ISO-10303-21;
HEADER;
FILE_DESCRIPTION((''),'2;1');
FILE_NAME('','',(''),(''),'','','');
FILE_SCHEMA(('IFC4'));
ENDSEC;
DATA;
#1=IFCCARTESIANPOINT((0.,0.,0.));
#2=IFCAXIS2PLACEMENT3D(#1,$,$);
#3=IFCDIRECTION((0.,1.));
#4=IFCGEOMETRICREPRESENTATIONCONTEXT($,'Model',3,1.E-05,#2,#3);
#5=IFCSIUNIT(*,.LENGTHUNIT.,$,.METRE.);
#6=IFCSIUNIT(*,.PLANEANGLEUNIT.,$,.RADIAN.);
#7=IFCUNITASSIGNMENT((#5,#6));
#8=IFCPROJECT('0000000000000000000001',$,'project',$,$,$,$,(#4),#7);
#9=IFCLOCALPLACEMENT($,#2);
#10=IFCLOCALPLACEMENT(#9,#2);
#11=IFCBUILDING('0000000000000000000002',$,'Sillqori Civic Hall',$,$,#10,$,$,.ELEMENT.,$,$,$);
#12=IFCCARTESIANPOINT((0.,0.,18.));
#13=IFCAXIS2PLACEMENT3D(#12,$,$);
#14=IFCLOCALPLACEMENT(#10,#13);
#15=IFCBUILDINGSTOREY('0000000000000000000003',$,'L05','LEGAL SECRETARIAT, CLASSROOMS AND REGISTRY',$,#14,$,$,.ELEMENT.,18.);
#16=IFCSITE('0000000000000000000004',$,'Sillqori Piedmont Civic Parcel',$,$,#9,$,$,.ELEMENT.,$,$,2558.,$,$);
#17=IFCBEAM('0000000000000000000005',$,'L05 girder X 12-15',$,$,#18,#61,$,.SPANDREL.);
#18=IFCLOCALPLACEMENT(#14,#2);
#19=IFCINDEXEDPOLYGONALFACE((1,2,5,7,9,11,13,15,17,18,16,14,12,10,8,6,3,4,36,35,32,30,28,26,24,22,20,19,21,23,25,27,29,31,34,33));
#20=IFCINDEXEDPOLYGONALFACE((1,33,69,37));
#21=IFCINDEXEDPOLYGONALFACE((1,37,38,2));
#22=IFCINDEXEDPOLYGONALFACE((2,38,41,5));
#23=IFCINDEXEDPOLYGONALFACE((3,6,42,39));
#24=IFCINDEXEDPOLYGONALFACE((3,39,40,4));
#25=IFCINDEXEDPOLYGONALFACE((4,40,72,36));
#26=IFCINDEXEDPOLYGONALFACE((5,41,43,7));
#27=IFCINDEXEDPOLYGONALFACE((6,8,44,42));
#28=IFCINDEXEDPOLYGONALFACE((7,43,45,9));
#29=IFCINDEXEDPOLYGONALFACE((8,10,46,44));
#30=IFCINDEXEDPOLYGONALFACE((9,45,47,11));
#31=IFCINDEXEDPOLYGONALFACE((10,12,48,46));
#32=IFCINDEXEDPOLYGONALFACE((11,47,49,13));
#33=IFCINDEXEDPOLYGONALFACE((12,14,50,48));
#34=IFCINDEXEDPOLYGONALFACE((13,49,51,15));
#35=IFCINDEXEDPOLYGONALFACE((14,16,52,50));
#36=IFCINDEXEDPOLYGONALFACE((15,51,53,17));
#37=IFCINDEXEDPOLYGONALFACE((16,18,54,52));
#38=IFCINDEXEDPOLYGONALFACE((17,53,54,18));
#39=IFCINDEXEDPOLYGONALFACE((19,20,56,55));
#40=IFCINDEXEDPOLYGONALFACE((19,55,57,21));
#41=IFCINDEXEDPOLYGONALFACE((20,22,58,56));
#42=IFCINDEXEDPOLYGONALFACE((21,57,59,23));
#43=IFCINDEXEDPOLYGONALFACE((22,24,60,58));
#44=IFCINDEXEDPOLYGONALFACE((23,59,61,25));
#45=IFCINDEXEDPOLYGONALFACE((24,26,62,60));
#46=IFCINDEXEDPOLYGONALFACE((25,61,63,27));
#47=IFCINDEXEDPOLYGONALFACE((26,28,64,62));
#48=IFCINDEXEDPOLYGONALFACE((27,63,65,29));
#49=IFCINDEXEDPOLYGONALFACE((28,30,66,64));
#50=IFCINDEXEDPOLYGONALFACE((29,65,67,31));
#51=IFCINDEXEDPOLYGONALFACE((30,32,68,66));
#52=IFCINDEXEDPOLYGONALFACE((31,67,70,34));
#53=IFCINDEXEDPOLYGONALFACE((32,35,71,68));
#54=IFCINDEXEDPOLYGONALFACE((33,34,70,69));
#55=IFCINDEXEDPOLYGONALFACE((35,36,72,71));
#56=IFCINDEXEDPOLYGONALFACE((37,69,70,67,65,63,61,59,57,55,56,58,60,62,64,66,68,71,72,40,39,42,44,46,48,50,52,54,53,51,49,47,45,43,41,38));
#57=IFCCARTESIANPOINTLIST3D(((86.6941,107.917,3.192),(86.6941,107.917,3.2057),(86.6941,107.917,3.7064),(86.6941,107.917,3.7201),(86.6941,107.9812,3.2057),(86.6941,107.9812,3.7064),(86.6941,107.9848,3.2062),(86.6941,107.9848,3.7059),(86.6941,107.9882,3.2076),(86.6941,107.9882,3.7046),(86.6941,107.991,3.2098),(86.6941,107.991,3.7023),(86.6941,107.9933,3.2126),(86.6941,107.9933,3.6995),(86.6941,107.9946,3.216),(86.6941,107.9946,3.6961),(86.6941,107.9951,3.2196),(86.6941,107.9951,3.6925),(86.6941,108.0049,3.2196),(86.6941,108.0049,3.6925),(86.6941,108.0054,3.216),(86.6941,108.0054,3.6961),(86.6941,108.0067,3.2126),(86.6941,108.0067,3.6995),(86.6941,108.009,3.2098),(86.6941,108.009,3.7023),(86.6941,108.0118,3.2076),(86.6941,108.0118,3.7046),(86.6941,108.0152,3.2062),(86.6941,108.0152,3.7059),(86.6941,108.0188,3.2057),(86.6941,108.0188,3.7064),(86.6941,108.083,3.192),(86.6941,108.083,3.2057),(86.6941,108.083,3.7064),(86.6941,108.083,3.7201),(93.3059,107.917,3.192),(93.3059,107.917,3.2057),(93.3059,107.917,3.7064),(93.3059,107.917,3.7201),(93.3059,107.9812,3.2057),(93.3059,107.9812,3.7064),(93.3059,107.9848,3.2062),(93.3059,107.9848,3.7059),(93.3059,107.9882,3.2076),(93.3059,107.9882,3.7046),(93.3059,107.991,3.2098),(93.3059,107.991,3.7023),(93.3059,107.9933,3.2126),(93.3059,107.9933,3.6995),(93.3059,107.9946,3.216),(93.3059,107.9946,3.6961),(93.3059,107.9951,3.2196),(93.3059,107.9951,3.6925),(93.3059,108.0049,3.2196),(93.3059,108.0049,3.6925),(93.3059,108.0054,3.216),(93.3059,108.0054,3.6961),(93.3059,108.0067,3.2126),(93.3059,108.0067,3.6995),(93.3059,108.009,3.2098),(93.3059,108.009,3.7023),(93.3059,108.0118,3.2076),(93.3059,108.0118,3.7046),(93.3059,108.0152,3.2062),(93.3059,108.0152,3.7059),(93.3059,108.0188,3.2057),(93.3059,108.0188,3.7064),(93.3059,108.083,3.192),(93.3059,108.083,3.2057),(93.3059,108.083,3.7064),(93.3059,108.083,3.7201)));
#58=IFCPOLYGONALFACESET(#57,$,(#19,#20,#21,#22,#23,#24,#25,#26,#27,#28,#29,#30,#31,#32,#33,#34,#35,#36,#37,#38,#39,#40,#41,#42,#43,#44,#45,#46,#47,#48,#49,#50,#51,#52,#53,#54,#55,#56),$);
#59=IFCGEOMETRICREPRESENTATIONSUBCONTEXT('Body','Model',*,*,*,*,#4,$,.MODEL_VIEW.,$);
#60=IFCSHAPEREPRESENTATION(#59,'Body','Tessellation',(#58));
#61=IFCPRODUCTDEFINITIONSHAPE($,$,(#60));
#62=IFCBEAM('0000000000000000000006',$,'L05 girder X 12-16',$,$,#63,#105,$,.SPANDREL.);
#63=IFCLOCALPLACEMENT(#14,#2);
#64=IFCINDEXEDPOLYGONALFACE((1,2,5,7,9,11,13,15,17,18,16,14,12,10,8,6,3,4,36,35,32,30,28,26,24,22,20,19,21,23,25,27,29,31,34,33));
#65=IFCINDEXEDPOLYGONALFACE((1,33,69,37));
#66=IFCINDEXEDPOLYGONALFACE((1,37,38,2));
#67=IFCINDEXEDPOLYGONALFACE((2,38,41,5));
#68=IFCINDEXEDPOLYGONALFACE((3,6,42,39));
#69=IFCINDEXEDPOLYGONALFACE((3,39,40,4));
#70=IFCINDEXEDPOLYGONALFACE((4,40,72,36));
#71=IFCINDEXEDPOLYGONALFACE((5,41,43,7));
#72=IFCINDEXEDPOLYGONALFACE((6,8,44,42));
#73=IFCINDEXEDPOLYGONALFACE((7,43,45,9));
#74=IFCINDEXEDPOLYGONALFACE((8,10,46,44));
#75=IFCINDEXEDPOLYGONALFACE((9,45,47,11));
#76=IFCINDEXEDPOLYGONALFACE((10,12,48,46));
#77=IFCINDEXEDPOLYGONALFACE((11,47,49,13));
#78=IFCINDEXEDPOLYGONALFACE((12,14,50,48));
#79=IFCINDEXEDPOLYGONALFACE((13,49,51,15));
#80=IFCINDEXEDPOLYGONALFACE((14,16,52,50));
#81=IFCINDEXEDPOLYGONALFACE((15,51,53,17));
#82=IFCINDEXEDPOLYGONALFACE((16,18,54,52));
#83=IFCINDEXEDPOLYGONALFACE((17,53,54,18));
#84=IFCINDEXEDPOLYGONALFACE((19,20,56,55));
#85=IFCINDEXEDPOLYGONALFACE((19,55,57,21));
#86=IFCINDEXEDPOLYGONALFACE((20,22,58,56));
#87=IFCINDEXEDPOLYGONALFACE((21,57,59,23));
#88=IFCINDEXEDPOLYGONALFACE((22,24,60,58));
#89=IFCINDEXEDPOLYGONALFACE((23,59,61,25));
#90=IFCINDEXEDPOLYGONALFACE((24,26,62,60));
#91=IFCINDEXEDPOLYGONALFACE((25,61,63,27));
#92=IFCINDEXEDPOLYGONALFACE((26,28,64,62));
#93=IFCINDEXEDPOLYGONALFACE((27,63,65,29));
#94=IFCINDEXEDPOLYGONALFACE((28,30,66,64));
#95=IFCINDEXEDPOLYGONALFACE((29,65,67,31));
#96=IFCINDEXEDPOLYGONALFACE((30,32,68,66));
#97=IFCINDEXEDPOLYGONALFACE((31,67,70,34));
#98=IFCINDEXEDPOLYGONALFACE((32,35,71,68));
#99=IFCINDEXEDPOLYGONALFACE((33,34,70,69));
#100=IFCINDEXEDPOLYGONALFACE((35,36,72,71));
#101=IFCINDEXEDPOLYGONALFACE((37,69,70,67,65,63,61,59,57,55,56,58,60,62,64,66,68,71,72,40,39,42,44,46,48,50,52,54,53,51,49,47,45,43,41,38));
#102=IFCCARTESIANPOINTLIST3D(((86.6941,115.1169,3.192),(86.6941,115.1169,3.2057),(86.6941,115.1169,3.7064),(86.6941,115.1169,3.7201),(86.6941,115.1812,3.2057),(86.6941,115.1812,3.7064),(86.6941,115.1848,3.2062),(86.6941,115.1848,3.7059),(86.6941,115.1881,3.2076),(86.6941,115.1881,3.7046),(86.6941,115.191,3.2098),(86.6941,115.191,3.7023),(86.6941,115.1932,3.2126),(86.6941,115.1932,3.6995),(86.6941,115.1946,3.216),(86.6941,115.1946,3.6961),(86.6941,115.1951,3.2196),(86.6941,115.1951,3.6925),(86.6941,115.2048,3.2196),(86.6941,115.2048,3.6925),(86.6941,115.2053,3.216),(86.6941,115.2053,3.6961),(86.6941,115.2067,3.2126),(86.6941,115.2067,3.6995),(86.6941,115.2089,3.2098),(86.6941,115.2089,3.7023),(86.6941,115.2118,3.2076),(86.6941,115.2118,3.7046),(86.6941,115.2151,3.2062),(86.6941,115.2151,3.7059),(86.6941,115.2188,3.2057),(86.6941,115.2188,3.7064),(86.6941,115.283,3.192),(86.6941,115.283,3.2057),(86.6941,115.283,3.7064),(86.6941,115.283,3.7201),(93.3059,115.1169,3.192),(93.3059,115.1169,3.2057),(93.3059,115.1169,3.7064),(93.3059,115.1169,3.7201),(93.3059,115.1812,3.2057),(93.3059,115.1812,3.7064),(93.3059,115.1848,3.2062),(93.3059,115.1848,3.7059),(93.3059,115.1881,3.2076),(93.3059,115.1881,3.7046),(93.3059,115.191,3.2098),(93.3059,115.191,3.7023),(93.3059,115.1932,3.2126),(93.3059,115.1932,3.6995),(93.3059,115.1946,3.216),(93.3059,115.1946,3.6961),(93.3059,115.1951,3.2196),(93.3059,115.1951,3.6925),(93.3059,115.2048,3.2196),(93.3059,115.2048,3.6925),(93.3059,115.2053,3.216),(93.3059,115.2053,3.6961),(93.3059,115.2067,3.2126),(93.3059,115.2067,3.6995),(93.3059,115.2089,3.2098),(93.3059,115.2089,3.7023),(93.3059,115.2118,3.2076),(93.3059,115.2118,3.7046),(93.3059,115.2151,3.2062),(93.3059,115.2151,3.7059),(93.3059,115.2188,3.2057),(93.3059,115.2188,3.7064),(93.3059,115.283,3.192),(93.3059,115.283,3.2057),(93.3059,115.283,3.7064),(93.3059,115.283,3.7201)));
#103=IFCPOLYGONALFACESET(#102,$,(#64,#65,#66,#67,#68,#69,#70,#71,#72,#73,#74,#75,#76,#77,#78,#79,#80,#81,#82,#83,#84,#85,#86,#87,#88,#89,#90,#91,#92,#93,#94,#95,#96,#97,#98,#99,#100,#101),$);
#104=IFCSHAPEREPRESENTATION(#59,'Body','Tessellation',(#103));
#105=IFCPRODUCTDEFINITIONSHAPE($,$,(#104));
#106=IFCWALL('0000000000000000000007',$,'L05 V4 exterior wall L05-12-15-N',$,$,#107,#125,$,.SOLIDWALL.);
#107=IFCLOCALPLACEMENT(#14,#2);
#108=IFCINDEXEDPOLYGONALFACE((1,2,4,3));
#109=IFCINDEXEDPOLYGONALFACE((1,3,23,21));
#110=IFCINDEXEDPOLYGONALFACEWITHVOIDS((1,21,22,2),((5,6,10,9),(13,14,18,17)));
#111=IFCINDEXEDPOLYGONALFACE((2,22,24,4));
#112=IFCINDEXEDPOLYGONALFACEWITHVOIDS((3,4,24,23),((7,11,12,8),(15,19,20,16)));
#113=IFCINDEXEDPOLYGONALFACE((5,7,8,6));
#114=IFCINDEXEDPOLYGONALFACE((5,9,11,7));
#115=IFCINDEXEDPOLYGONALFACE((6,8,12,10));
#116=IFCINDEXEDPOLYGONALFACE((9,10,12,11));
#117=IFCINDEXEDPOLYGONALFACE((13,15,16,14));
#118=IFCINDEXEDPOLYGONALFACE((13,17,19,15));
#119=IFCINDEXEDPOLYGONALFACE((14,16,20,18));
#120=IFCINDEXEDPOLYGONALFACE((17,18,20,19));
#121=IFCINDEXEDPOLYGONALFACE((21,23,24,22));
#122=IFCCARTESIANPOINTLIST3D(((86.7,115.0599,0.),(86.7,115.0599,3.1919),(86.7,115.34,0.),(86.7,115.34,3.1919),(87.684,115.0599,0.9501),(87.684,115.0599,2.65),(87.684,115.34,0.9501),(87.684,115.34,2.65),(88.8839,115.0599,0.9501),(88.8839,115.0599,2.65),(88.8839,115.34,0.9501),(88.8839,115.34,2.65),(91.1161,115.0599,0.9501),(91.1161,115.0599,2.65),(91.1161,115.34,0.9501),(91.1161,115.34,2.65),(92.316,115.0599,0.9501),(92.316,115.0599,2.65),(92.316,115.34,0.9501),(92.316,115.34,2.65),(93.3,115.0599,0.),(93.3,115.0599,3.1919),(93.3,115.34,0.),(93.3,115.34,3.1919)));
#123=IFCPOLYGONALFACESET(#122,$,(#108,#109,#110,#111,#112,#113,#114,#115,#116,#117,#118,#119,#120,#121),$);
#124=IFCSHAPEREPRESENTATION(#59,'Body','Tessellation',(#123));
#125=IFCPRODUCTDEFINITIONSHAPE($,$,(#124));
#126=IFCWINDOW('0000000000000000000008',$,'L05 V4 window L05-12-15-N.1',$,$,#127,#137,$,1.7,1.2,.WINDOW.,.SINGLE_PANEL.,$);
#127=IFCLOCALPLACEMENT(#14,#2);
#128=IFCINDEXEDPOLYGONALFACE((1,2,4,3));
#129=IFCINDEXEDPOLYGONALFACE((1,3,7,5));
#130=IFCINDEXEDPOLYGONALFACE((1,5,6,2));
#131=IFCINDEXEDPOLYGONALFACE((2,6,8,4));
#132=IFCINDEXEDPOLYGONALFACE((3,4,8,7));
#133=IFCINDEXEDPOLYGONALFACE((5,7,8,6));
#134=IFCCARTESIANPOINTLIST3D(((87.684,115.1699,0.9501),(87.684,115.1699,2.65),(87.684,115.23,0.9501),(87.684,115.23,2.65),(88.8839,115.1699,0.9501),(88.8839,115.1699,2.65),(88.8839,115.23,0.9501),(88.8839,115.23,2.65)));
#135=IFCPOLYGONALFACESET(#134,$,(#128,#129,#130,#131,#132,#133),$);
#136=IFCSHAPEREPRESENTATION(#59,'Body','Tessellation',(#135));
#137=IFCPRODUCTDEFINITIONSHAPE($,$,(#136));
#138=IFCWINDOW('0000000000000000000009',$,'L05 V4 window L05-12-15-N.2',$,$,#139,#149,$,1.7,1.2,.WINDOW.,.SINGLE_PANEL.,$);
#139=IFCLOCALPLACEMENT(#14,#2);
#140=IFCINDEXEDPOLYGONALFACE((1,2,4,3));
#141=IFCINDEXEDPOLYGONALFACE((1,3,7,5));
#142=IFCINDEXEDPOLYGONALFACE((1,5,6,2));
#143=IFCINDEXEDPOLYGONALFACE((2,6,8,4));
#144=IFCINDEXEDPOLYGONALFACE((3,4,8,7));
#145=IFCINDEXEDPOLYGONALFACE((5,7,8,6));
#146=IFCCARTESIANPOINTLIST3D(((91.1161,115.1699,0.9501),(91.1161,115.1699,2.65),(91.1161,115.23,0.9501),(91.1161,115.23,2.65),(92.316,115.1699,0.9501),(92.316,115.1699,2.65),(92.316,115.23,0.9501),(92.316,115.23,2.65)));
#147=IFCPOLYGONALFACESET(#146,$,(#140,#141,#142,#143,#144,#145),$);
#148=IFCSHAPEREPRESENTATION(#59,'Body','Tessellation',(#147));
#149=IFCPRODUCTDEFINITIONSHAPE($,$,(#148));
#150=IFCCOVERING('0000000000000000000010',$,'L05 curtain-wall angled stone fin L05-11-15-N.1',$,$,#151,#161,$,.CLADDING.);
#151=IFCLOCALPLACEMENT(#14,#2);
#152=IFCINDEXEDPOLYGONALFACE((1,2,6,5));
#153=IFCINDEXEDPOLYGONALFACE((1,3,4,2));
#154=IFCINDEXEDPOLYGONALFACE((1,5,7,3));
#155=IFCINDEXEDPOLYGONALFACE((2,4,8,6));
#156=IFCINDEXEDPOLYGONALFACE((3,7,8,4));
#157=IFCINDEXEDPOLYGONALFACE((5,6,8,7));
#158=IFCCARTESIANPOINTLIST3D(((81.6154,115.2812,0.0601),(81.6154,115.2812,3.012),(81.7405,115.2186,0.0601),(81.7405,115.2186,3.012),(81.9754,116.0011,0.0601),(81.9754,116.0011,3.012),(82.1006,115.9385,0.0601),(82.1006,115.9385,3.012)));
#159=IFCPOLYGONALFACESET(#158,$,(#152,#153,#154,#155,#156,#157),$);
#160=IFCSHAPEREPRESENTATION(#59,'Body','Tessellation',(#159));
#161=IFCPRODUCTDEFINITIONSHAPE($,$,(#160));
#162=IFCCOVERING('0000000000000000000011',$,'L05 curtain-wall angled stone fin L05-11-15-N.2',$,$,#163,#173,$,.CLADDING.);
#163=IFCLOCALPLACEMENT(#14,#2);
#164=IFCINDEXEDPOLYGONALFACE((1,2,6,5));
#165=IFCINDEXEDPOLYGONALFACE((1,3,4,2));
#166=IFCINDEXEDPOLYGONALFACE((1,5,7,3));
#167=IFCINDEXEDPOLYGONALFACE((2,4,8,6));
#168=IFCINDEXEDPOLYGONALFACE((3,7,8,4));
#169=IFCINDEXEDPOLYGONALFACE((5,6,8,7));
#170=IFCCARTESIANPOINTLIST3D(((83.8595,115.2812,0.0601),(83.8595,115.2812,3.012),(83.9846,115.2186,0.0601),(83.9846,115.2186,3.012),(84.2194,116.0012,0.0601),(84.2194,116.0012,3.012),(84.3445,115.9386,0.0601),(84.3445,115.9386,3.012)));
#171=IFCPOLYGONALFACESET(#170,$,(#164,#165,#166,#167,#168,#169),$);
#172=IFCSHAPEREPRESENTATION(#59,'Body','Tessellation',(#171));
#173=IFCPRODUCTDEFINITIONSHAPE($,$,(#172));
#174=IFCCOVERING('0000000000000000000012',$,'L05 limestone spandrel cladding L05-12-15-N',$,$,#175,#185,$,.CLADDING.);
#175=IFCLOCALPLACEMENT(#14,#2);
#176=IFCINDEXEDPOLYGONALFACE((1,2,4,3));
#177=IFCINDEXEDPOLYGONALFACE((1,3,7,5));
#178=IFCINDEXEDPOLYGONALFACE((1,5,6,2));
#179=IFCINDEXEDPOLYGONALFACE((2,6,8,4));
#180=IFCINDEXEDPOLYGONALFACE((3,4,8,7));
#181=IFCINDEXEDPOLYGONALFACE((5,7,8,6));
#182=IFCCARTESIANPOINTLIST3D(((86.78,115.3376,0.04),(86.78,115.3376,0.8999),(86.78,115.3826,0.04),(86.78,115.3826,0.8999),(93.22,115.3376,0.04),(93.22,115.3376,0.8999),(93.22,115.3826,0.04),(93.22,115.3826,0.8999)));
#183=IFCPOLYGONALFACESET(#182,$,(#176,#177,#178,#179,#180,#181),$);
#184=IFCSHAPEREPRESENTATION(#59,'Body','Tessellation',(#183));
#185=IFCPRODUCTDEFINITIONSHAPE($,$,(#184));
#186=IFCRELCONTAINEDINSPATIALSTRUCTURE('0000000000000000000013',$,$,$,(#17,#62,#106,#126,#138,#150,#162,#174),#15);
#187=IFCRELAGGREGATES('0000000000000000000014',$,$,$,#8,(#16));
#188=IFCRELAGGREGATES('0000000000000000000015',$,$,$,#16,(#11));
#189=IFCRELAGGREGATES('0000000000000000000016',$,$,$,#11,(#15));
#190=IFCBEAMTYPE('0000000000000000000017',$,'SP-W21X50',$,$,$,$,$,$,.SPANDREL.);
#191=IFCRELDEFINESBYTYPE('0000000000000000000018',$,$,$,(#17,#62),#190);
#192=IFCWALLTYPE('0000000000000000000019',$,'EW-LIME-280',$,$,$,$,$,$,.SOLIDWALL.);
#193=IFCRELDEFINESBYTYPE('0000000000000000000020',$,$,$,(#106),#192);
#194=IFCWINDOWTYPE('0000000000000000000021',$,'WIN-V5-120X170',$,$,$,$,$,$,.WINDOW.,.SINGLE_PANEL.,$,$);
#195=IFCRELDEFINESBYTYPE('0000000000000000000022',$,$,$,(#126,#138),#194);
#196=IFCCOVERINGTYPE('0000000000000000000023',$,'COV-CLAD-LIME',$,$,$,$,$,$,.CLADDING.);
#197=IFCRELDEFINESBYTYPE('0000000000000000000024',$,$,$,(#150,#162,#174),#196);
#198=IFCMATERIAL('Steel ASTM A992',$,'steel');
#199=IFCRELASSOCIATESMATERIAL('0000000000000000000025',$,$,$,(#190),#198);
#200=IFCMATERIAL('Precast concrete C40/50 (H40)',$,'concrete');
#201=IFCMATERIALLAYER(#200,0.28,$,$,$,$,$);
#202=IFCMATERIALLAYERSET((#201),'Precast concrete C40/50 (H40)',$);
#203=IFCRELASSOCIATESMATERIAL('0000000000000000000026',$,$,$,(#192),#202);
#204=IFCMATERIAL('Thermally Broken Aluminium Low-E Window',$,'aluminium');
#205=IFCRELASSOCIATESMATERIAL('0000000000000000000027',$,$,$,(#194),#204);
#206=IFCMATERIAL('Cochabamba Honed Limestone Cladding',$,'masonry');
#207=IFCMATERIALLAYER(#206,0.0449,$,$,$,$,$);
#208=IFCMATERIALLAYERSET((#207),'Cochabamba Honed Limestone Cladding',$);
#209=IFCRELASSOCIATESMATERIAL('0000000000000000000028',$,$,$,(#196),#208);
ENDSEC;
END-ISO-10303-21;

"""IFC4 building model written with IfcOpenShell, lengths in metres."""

from ifc_helpers import new_model, si_unit, direction, frame, frame_2d, origin, origin_2d, place, context, subcontext, project, spatial, rectangle, i_section, extrude, material, layer, layer_set, material_profile, profile_set, type_object, element, fill, save


model = new_model("IFC4")

# Units and contexts
model_context = context("Model", 3, precision=1e-05, world=origin(), true_north=direction((0.0, 1.0)))
body_context = subcontext(model_context, "Body", "Model", "MODEL_VIEW")
ifc_project = project(units=[si_unit("LENGTHUNIT", "METRE"), si_unit("PLANEANGLEUNIT", "RADIAN")], contexts=[model_context])

# Site, building, storey
site_placement = place(None, origin())
site = spatial("IfcSite", under=ifc_project, at=site_placement, Name="Sillqori Piedmont Civic Parcel", CompositionType="ELEMENT", RefElevation=2558.0)
building_placement = place(site_placement, origin())
building = spatial("IfcBuilding", under=site, at=building_placement, Name="Sillqori Civic Hall", CompositionType="ELEMENT")
storey_placement = place(building_placement, frame((0.0, 0.0, 18.0)))
storey = spatial("IfcBuildingStorey", under=building, at=storey_placement, Name="L05", Description="LEGAL SECRETARIAT, CLASSROOMS AND REGISTRY", CompositionType="ELEMENT", Elevation=18.0)

# Shared definitions
ifc_material_1 = material(Name="Steel ASTM A992", Category="steel")

# Beams
ifc_material_profile_1 = material_profile(ifc_material_1, i_section(OverallWidth=0.166, OverallDepth=0.5281, WebThickness=0.0098, FlangeThickness=0.0137, FilletRadius=0.0139, at=origin_2d()), Name="W21X50")
ifc_profile_set_1 = profile_set([ifc_material_profile_1], Name="Steel ASTM A992")
beam_type_1 = type_object("IfcBeamType", Name="SP-W21X50", PredefinedType="SPANDREL", material=ifc_profile_set_1)
for number, where, z_axis, x_axis, name in (
    (1, (86.6941, 108.0, 3.4561), (1.0, 0.0, 0.0), (0.0, 1.0, 0.0), "L05 girder X 12-15"),
    (2, (86.6941, 115.2, 3.4561), (1.0, 0.0, 0.0), (0.0, 1.0, 0.0), "L05 girder X 12-16"),
):
    element("IfcBeam", number, at=place(storey_placement, frame(where, z_axis=z_axis, x_axis=x_axis)), inside=storey, type_object=beam_type_1, Name=name, PredefinedType="SPANDREL", context=body_context, shape_type="SweptSolid", body=[
        extrude(i_section(OverallWidth=0.166, OverallDepth=0.5281, WebThickness=0.0098, FlangeThickness=0.0137, FilletRadius=0.0139, at=origin_2d()), origin(), (0.0, 0.0, 1.0), 6.6118),
    ])

# Wall, openings, windows
ifc_material_2 = material(Name="Precast concrete C40/50 (H40)", Category="concrete")
ifc_layer_1 = layer(ifc_material_2, 0.28)
ifc_layer_set_1 = layer_set([ifc_layer_1], Name="Precast concrete C40/50 (H40)")
wall_type = type_object("IfcWallType", Name="EW-LIME-280", PredefinedType="SOLIDWALL", material=ifc_layer_set_1)
wall_placement = place(storey_placement, frame((86.7, 115.2, 0.0), z_axis=(0.0, 0.0, 1.0), x_axis=(1.0, 0.0, 0.0)))
wall = element("IfcWall", 3, at=wall_placement, inside=storey, type_object=wall_type, Name="L05 V4 exterior wall L05-12-15-N", PredefinedType="SOLIDWALL", context=body_context, shape_type="SweptSolid", body=[
    extrude(rectangle(XDim=6.6001, YDim=0.28, at=frame_2d((3.3, 0.0))), origin(), (0.0, 0.0, 1.0), 3.1919),
])
opening_1_placement = place(wall_placement, frame((0.9839, 0.0, 0.95)))
opening_1 = element("IfcOpeningElement", 4, at=opening_1_placement, cuts=wall, PredefinedType="OPENING", context=body_context, shape_type="SweptSolid", body=[
    extrude(rectangle(XDim=1.2, YDim=1.7, at=frame_2d((0.6001, 0.8501))), frame((0.0, 0.1499, 0.0), z_axis=(0.0, -1.0, 0.0), x_axis=(1.0, 0.0, 0.0)), (0.0, 0.0, 1.0), 0.3),
])
opening_2_placement = place(wall_placement, frame((4.416, 0.0, 0.95)))
opening_2 = element("IfcOpeningElement", 5, at=opening_2_placement, cuts=wall, PredefinedType="OPENING", context=body_context, shape_type="SweptSolid", body=[
    extrude(rectangle(XDim=1.2, YDim=1.7, at=frame_2d((0.6001, 0.8501))), frame((0.0, 0.1499, 0.0), z_axis=(0.0, -1.0, 0.0), x_axis=(1.0, 0.0, 0.0)), (0.0, 0.0, 1.0), 0.3),
])
ifc_material_3 = material(Name="Thermally Broken Aluminium Low-E Window", Category="aluminium")
window_type = type_object("IfcWindowType", Name="WIN-V5-120X170", PartitioningType="SINGLE_PANEL", PredefinedType="WINDOW", material=ifc_material_3)
window_1_placement = place(opening_1_placement, origin())
window_1 = element("IfcWindow", 6, at=window_1_placement, inside=storey, type_object=window_type, Name="L05 V4 window L05-12-15-N.1", OverallHeight=1.7, OverallWidth=1.2, PartitioningType="SINGLE_PANEL", PredefinedType="WINDOW", context=body_context, shape_type="SweptSolid", body=[
    extrude(rectangle(XDim=1.2, YDim=1.7, at=frame_2d((0.6001, 0.8501))), frame((0.0, 0.03, 0.0), z_axis=(0.0, -1.0, 0.0), x_axis=(1.0, 0.0, 0.0)), (0.0, 0.0, 1.0), 0.0601),
])
fill(opening_1, window_1)
window_2_placement = place(opening_2_placement, origin())
window_2 = element("IfcWindow", 7, at=window_2_placement, inside=storey, type_object=window_type, Name="L05 V4 window L05-12-15-N.2", OverallHeight=1.7, OverallWidth=1.2, PartitioningType="SINGLE_PANEL", PredefinedType="WINDOW", context=body_context, shape_type="SweptSolid", body=[
    extrude(rectangle(XDim=1.2, YDim=1.7, at=frame_2d((0.6001, 0.8501))), frame((0.0, 0.03, 0.0), z_axis=(0.0, -1.0, 0.0), x_axis=(1.0, 0.0, 0.0)), (0.0, 0.0, 1.0), 0.0601),
])
fill(opening_2, window_2)

# Coverings
ifc_material_4 = material(Name="Cochabamba Honed Limestone Cladding", Category="masonry")
ifc_layer_2 = layer(ifc_material_4, 0.0449)
ifc_layer_set_2 = layer_set([ifc_layer_2], Name="Cochabamba Honed Limestone Cladding")
covering_type = type_object("IfcCoveringType", Name="COV-CLAD-LIME", PredefinedType="CLADDING", material=ifc_layer_set_2)
for number, where, z_axis, x_axis, name in (
    (8, (81.678, 115.25, 0.0601), (0.0, 0.0, 1.0), (0.447335, 0.894367, 0.0), "L05 curtain-wall angled stone fin L05-11-15-N.1"),
    (9, (83.9221, 115.25, 0.0601), (0.0, 0.0, 1.0), (0.447092, 0.894488, 0.0), "L05 curtain-wall angled stone fin L05-11-15-N.2"),
):
    element("IfcCovering", number, at=place(storey_placement, frame(where, z_axis=z_axis, x_axis=x_axis)), inside=storey, type_object=covering_type, Name=name, PredefinedType="CLADDING", context=body_context, shape_type="SweptSolid", body=[
        extrude(rectangle(XDim=0.8049, YDim=0.1399, at=frame_2d((0.4023, 0.0))), origin(), (0.0, 0.0, 1.0), 2.9519),
    ])
covering_placement = place(storey_placement, frame((86.78, 115.3601, 0.04), z_axis=(0.0, 0.0, 1.0), x_axis=(1.0, 0.0, 0.0)))
element("IfcCovering", 10, at=covering_placement, inside=storey, type_object=covering_type, Name="L05 limestone spandrel cladding L05-12-15-N", PredefinedType="CLADDING", context=body_context, shape_type="SweptSolid", body=[
    extrude(rectangle(XDim=6.4399, YDim=0.0449, at=frame_2d((3.22, 0.0))), origin(), (0.0, 0.0, 1.0), 0.8599),
])

save(model, "model.ifc")
